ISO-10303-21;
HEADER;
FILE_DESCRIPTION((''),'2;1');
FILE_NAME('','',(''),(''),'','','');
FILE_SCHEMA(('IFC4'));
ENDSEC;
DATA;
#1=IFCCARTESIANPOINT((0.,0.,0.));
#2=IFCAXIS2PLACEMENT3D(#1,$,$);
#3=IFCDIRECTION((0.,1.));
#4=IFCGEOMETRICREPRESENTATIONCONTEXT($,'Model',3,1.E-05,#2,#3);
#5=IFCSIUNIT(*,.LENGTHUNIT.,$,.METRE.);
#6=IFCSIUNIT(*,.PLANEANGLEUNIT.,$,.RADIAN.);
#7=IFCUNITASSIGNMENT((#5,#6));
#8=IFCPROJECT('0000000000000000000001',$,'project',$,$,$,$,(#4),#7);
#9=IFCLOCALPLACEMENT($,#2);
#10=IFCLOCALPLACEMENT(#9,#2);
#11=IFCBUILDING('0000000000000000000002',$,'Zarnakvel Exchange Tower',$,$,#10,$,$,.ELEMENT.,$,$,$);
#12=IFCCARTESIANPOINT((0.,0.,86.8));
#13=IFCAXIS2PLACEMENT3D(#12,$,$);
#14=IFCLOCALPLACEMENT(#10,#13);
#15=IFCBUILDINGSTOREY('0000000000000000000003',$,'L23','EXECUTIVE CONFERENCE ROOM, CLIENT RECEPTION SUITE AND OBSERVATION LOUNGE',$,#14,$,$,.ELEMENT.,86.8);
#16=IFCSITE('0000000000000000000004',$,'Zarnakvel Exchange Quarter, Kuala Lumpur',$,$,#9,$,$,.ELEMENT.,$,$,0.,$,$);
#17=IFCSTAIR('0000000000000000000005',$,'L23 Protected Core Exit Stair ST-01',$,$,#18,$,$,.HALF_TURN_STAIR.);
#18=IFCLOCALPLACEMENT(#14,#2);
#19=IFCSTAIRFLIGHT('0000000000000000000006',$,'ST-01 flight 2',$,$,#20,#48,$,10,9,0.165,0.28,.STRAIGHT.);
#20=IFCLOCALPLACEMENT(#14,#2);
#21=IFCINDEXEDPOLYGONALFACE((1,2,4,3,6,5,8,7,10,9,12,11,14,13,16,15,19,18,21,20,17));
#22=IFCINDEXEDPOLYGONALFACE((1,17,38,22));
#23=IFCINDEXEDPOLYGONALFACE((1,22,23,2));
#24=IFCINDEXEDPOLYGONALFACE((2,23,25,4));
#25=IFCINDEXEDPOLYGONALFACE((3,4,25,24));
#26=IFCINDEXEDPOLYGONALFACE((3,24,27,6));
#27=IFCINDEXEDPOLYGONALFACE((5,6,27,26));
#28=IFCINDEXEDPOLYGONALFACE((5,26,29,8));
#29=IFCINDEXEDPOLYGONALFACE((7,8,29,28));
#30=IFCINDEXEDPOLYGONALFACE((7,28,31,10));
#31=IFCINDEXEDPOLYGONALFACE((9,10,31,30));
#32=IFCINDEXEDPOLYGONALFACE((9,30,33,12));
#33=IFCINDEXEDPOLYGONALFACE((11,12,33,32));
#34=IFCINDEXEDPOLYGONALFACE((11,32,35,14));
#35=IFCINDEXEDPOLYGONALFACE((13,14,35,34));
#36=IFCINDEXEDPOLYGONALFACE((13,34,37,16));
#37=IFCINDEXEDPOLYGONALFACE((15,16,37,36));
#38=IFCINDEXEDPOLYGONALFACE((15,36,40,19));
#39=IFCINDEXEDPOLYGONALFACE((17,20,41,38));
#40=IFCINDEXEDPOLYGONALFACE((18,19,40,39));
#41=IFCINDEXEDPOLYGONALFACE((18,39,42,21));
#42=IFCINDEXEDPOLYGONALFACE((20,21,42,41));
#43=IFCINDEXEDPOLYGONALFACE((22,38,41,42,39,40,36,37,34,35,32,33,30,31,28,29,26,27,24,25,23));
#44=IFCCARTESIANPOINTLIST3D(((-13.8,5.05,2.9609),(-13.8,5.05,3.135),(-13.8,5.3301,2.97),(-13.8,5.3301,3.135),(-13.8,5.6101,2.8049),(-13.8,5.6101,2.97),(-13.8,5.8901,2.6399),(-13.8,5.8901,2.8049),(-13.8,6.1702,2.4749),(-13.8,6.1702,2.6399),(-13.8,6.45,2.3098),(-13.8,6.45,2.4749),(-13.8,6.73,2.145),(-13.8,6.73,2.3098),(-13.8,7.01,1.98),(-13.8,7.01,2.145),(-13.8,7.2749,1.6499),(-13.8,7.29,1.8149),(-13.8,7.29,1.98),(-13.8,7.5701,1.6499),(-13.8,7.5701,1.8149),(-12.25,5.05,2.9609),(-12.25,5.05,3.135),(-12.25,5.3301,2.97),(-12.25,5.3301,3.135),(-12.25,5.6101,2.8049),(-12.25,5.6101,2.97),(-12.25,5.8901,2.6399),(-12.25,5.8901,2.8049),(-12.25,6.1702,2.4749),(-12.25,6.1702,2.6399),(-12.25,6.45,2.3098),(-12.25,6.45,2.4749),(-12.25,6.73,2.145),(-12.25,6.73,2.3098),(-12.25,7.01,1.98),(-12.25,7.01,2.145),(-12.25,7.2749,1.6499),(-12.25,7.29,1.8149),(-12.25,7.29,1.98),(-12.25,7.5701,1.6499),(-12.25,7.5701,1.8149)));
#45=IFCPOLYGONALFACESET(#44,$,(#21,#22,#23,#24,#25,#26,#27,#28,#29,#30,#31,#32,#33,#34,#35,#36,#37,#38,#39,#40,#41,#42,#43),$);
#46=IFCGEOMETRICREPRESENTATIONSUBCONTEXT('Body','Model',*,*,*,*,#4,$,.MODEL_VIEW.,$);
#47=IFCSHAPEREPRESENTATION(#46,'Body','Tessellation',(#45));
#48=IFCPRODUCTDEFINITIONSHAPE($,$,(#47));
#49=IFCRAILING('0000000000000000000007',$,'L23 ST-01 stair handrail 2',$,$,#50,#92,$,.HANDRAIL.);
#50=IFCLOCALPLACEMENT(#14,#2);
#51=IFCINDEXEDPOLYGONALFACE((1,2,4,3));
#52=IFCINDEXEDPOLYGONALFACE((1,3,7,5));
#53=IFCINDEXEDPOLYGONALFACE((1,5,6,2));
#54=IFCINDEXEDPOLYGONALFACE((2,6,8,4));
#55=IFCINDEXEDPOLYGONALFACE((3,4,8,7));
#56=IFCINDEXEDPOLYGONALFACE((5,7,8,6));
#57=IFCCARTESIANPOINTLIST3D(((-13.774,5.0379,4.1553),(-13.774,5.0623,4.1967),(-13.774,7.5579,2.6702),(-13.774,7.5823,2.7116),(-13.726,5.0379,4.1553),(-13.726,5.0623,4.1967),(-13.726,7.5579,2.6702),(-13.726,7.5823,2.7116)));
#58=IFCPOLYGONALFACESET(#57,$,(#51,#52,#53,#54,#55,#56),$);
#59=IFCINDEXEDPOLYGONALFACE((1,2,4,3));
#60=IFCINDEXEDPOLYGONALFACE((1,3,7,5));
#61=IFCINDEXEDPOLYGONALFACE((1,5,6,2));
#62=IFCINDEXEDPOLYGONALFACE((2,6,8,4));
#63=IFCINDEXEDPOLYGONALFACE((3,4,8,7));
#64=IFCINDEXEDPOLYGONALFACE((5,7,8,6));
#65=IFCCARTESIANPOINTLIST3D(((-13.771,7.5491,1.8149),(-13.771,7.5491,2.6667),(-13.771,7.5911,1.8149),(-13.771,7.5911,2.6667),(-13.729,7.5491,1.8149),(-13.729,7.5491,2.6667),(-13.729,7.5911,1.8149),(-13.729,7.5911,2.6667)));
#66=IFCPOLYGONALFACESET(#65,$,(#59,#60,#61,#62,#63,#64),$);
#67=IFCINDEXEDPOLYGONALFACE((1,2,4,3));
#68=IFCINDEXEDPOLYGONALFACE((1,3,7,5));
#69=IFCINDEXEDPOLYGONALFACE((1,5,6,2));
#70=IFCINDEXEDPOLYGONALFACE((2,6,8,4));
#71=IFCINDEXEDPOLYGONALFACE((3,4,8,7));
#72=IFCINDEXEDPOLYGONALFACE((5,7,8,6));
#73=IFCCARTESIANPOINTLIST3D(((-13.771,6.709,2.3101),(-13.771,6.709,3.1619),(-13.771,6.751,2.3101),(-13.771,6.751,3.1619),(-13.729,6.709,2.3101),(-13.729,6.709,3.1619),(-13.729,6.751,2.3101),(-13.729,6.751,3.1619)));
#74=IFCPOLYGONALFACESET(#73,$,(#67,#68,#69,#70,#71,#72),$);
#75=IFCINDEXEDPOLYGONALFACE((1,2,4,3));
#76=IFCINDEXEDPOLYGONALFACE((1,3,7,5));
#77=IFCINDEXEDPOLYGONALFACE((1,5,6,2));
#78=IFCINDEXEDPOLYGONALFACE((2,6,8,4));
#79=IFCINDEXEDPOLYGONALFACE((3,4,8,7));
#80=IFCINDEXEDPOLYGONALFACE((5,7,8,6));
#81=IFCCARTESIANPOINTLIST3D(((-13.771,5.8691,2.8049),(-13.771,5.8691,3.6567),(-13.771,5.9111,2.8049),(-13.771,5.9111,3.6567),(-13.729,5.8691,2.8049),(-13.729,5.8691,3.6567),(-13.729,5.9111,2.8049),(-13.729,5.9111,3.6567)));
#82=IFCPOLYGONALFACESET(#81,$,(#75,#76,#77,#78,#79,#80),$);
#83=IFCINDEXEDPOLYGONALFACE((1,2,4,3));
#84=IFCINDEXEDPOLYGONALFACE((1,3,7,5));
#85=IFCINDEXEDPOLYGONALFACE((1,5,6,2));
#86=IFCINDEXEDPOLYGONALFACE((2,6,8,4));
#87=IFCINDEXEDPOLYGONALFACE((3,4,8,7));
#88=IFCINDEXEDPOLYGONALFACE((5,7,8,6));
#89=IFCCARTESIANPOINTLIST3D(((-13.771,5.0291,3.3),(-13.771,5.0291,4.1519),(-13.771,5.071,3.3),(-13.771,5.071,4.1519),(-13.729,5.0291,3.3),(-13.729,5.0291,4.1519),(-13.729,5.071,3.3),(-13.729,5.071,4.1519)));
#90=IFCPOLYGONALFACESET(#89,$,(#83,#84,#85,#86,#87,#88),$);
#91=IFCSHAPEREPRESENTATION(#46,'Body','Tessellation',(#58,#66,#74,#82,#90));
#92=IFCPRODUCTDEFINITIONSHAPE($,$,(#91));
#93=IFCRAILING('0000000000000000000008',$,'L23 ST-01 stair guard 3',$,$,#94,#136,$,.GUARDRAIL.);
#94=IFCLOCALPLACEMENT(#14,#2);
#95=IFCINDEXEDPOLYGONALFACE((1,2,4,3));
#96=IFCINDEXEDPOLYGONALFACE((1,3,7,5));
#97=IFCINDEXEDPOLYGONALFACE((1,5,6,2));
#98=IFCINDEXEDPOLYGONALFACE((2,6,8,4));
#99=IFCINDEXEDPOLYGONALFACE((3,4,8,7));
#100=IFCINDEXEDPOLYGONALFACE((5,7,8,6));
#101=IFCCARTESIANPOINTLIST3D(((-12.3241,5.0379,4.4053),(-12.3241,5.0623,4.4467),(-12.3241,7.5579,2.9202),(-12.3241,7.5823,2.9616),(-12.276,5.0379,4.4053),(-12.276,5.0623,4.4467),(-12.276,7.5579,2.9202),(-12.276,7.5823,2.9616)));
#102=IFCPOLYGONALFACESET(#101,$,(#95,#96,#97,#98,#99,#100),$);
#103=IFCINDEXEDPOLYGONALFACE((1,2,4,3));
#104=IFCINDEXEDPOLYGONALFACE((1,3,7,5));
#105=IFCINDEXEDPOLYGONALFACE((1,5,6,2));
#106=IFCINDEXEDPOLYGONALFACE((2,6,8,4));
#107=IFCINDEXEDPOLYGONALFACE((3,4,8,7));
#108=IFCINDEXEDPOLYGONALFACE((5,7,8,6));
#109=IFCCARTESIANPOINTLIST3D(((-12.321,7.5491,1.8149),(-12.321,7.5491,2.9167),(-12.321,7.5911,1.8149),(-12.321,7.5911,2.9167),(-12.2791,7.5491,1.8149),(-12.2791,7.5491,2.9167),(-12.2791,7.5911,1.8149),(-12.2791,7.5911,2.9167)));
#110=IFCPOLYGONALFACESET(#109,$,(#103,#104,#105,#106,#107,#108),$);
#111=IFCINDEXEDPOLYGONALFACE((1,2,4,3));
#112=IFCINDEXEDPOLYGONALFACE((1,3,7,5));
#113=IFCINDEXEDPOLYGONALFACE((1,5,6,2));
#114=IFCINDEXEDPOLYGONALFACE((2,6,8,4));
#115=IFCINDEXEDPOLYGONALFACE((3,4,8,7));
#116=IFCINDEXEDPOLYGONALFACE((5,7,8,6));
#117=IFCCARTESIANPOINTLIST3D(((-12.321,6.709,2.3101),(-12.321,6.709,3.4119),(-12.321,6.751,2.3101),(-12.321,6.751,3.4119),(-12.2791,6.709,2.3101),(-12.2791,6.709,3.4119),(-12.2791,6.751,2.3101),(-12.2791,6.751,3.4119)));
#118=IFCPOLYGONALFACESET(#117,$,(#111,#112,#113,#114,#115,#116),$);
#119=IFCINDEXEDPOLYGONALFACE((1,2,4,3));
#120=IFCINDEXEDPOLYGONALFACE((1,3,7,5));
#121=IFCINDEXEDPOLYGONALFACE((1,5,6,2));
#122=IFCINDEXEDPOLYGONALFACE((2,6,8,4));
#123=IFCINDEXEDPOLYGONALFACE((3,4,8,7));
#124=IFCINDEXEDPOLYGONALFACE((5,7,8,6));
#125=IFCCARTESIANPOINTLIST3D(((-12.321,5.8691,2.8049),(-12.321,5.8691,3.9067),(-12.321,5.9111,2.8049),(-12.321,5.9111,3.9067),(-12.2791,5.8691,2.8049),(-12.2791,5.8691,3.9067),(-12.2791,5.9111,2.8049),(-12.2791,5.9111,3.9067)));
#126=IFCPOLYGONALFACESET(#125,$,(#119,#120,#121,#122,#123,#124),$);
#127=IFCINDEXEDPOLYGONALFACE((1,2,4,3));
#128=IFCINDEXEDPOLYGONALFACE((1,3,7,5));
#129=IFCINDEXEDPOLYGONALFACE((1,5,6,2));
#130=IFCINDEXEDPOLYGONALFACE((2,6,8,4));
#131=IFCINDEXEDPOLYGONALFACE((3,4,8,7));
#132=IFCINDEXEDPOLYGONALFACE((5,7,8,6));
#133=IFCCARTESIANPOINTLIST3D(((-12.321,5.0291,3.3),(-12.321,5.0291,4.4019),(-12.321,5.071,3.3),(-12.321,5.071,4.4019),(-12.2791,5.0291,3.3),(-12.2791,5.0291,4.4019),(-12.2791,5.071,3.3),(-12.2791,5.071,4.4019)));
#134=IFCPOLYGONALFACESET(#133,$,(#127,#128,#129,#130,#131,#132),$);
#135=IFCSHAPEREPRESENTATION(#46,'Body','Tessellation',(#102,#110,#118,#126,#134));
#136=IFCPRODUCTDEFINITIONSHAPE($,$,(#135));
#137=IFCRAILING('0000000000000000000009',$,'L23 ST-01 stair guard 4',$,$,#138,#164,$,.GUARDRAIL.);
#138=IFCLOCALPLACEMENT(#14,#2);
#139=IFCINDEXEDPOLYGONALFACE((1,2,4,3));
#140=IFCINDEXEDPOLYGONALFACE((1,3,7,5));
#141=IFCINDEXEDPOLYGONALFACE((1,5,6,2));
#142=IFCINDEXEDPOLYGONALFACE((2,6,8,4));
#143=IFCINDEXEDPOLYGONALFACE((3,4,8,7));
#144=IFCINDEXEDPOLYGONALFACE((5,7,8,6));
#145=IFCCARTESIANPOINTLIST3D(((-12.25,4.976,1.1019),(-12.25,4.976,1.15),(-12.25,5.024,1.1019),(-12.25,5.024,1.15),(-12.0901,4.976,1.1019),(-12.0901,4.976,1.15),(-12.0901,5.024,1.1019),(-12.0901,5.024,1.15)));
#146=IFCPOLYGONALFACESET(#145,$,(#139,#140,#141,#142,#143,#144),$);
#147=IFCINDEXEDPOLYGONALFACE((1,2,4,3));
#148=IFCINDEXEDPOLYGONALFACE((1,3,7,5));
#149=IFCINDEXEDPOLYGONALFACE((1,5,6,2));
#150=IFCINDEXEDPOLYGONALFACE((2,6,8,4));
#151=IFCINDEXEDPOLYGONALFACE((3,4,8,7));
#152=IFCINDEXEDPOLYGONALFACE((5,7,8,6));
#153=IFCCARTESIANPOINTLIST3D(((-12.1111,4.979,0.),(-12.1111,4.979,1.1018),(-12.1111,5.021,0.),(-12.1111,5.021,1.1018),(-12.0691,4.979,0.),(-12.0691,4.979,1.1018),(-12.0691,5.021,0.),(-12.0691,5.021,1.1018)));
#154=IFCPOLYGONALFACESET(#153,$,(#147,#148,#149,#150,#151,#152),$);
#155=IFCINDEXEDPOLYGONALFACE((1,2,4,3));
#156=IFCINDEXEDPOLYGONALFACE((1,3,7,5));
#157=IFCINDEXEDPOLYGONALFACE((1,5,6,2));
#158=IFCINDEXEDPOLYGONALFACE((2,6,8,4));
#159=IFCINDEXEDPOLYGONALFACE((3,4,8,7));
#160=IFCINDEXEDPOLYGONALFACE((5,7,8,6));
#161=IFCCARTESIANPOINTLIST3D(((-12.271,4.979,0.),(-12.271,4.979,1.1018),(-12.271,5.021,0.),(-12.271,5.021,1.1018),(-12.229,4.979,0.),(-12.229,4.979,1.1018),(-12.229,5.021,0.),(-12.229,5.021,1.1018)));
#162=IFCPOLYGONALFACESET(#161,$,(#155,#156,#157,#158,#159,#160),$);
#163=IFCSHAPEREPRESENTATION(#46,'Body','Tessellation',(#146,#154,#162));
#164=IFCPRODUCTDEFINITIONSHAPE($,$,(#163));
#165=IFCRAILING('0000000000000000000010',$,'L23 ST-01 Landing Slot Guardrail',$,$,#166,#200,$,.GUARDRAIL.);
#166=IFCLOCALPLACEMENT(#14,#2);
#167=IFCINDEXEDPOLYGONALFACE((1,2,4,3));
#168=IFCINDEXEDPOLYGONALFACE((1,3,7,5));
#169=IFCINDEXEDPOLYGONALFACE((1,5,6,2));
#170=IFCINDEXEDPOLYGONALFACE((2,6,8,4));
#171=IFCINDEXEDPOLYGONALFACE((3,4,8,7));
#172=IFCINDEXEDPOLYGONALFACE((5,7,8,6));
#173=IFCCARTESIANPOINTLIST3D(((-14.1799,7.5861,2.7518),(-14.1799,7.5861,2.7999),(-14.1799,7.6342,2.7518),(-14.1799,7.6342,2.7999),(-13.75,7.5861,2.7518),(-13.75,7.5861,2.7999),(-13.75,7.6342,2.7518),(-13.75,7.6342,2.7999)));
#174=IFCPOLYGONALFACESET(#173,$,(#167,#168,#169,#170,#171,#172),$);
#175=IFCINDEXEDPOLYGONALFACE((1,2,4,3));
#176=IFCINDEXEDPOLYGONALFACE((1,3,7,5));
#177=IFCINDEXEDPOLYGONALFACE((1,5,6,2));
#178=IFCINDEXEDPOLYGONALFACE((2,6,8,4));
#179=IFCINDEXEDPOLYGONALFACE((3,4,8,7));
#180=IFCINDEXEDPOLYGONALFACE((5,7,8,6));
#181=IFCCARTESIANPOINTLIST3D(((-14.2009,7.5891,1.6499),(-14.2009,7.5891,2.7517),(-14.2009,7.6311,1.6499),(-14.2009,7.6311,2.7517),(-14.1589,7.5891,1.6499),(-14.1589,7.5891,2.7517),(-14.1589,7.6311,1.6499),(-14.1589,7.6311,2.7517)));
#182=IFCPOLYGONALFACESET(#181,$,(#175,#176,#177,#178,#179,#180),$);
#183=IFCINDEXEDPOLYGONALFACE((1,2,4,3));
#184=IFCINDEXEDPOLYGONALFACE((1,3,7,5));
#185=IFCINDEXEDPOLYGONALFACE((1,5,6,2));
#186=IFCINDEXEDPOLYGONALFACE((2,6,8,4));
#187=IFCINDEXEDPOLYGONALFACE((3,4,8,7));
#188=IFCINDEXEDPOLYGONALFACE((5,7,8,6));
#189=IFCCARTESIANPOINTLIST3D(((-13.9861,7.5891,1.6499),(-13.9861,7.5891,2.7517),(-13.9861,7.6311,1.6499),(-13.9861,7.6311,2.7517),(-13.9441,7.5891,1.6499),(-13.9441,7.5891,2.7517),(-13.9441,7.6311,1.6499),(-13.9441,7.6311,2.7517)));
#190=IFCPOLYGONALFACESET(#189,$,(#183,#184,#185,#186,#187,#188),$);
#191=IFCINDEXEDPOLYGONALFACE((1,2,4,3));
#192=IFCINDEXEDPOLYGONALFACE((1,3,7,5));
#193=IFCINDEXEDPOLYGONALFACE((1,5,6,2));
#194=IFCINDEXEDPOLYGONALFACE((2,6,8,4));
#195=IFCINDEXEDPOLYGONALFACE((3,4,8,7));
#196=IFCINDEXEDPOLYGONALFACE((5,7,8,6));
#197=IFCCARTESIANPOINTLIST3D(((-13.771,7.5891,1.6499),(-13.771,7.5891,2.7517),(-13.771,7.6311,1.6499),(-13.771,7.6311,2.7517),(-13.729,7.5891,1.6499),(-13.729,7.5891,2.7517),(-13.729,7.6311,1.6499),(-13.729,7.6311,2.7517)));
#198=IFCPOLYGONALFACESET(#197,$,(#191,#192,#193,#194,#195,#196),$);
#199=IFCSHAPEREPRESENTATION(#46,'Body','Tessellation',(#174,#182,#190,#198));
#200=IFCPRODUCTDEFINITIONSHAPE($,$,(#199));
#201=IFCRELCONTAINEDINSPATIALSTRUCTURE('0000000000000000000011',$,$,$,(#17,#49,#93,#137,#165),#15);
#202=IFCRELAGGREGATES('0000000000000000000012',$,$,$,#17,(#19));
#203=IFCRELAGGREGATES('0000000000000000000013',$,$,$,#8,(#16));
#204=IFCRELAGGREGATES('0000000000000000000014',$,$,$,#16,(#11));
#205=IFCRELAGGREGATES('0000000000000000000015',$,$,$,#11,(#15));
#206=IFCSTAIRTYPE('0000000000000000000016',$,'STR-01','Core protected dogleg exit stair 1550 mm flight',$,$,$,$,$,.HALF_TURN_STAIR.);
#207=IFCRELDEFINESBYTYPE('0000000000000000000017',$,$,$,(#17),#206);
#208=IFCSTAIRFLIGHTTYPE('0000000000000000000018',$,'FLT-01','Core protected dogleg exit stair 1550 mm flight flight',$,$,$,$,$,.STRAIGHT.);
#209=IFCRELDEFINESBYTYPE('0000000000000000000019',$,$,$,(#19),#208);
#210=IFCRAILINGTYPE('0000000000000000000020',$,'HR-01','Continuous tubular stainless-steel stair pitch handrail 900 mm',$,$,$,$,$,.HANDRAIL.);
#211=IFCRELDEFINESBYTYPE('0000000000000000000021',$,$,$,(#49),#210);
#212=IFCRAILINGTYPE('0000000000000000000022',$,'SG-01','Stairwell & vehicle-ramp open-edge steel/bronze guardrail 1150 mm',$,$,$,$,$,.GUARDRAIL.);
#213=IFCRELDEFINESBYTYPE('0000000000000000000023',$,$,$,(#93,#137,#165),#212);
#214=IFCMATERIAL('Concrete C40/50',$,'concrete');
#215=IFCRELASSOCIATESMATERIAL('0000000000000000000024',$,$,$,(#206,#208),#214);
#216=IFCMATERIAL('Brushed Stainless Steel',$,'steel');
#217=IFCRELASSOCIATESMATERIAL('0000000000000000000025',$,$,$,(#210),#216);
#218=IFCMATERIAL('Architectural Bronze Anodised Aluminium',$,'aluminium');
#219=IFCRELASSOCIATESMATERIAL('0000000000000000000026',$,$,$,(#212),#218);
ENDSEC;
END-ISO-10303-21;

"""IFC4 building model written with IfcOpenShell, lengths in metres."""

from ifc_helpers import new_model, si_unit, direction, frame, origin, origin_2d, place, context, subcontext, project, spatial, polyline, rectangle, outline, extrude, material, type_object, element, aggregate, save


model = new_model("IFC4")

# Units and contexts
model_context = context("Model", 3, precision=1e-05, world=origin(), true_north=direction((0.0, 1.0)))
body_context = subcontext(model_context, "Body", "Model", "MODEL_VIEW")
ifc_project = project(units=[si_unit("LENGTHUNIT", "METRE"), si_unit("PLANEANGLEUNIT", "RADIAN")], contexts=[model_context])

# Site, building, storey
site_placement = place(None, origin())
site = spatial("IfcSite", under=ifc_project, at=site_placement, Name="Zarnakvel Exchange Quarter, Kuala Lumpur", CompositionType="ELEMENT", RefElevation=0.0)
building_placement = place(site_placement, origin())
building = spatial("IfcBuilding", under=site, at=building_placement, Name="Zarnakvel Exchange Tower", CompositionType="ELEMENT")
storey_placement = place(building_placement, frame((0.0, 0.0, 86.8)))
storey = spatial("IfcBuildingStorey", under=building, at=storey_placement, Name="L23", Description="EXECUTIVE CONFERENCE ROOM, CLIENT RECEPTION SUITE AND OBSERVATION LOUNGE", CompositionType="ELEMENT", Elevation=86.8)

# Shared definitions
ifc_material_1 = material(Name="Architectural Bronze Anodised Aluminium", Category="aluminium")

# Shared definitions
ifc_material_2 = material(Name="Concrete C40/50", Category="concrete")

# Stair, stair flight
stair_type = type_object("IfcStairType", Name="STR-01", Description="Core protected dogleg exit stair 1550 mm flight", PredefinedType="HALF_TURN_STAIR", material=ifc_material_2)
stair_placement = place(storey_placement, origin())
stair = element("IfcStair", 1, at=stair_placement, inside=storey, type_object=stair_type, Name="L23 Protected Core Exit Stair ST-01", PredefinedType="HALF_TURN_STAIR")
stair_flight_type = type_object("IfcStairFlightType", Name="FLT-01", Description="Core protected dogleg exit stair 1550 mm flight flight", PredefinedType="STRAIGHT", material=ifc_material_2)
stair_flight_placement = place(storey_placement, frame((-13.0249, 7.5701, 1.6499), z_axis=(0.0, 0.0, 1.0), x_axis=(0.0, -1.0, 0.0)))
stair_flight = element("IfcStairFlight", 2, at=stair_flight_placement, type_object=stair_flight_type, Name="ST-01 flight 2", NumberOfRisers=10, NumberOfTreads=9, PredefinedType="STRAIGHT", RiserHeight=0.165, TreadLength=0.28, context=body_context, shape_type="SweptSolid", body=[
    extrude(outline(polyline([(0.0, 0.0), (0.0, 0.165), (0.28, 0.165), (0.28, 0.3301), (0.5601, 0.3301), (0.5601, 0.4951), (0.8401, 0.4951), (0.8401, 0.6599), (1.1201, 0.6599), (1.1201, 0.825), (1.3999, 0.825), (1.3999, 0.99), (1.6799, 0.99), (1.6799, 1.155), (1.96, 1.155), (1.96, 1.3201), (2.24, 1.3201), (2.24, 1.4851), (2.52, 1.4851), (2.52, 1.6499), (2.52, 1.311), (0.2952, 0.0), (0.0, 0.0)])), frame((0.0, 0.7749, 0.0), z_axis=(0.0, -1.0, 0.0), x_axis=(1.0, 0.0, 0.0)), (0.0, 0.0, 1.0), 1.55),
])
aggregate(stair, [stair_flight])

# Railings
ifc_material_3 = material(Name="Brushed Stainless Steel", Category="steel")
railing_type_1 = type_object("IfcRailingType", Name="HR-01", Description="Continuous tubular stainless-steel stair pitch handrail 900 mm", PredefinedType="HANDRAIL", material=ifc_material_3)
railing_1_placement = place(storey_placement, frame((-13.75, 7.5701, 1.8149)))
element("IfcRailing", 3, at=railing_1_placement, inside=storey, type_object=railing_type_1, Name="L23 ST-01 stair handrail 2", PredefinedType="HANDRAIL", context=body_context, shape_type="SweptSolid", body=[
    extrude(rectangle(XDim=0.0481, YDim=0.0481, at=origin_2d()), frame((0.0, 0.0, 0.876), z_axis=(0.0, -0.861524, 0.507717), x_axis=(1.0, 0.0, 0.0)), (0.0, 0.0, 1.0), 2.925),
    extrude(rectangle(XDim=0.042, YDim=0.042, at=origin_2d()), origin(), (0.0, 0.0, 1.0), 0.8518),
    extrude(rectangle(XDim=0.042, YDim=0.042, at=origin_2d()), frame((0.0, -0.8401, 0.4951)), (0.0, 0.0, 1.0), 0.8518),
    extrude(rectangle(XDim=0.042, YDim=0.042, at=origin_2d()), frame((0.0, -1.6799, 0.99)), (0.0, 0.0, 1.0), 0.8518),
    extrude(rectangle(XDim=0.042, YDim=0.042, at=origin_2d()), frame((0.0, -2.52, 1.4851)), (0.0, 0.0, 1.0), 0.8518),
])
railing_type_2 = type_object("IfcRailingType", Name="SG-01", Description="Stairwell & vehicle-ramp open-edge steel/bronze guardrail 1150 mm", PredefinedType="GUARDRAIL", material=ifc_material_1)
railing_2_placement = place(storey_placement, frame((-12.3, 7.5701, 1.8149)))
element("IfcRailing", 4, at=railing_2_placement, inside=storey, type_object=railing_type_2, Name="L23 ST-01 stair guard 3", PredefinedType="GUARDRAIL", context=body_context, shape_type="SweptSolid", body=[
    extrude(rectangle(XDim=0.0481, YDim=0.0481, at=origin_2d()), frame((0.0, 0.0, 1.126), z_axis=(0.0, -0.861524, 0.507717), x_axis=(1.0, 0.0, 0.0)), (0.0, 0.0, 1.0), 2.925),
    extrude(rectangle(XDim=0.042, YDim=0.042, at=origin_2d()), origin(), (0.0, 0.0, 1.0), 1.1018),
    extrude(rectangle(XDim=0.042, YDim=0.042, at=origin_2d()), frame((0.0, -0.8401, 0.4951)), (0.0, 0.0, 1.0), 1.1018),
    extrude(rectangle(XDim=0.042, YDim=0.042, at=origin_2d()), frame((0.0, -1.6799, 0.99)), (0.0, 0.0, 1.0), 1.1018),
    extrude(rectangle(XDim=0.042, YDim=0.042, at=origin_2d()), frame((0.0, -2.52, 1.4851)), (0.0, 0.0, 1.0), 1.1018),
])
railing_3_placement = place(storey_placement, frame((-12.0901, 5.0, 0.0)))
element("IfcRailing", 5, at=railing_3_placement, inside=storey, type_object=railing_type_2, Name="L23 ST-01 stair guard 4", PredefinedType="GUARDRAIL", context=body_context, shape_type="SweptSolid", body=[
    extrude(rectangle(XDim=0.0481, YDim=0.0481, at=origin_2d()), frame((0.0, 0.0, 1.126), z_axis=(-1.0, 0.0, 0.0), x_axis=(0.0, -1.0, 0.0)), (0.0, 0.0, 1.0), 0.1599),
    extrude(rectangle(XDim=0.042, YDim=0.042, at=origin_2d()), origin(), (0.0, 0.0, 1.0), 1.1018),
    extrude(rectangle(XDim=0.042, YDim=0.042, at=origin_2d()), frame((-0.1599, 0.0, 0.0)), (0.0, 0.0, 1.0), 1.1018),
])
railing_4_placement = place(storey_placement, frame((-14.1799, 7.6101, 1.6499)))
element("IfcRailing", 6, at=railing_4_placement, inside=storey, type_object=railing_type_2, Name="L23 ST-01 Landing Slot Guardrail", PredefinedType="GUARDRAIL", context=body_context, shape_type="SweptSolid", body=[
    extrude(rectangle(XDim=0.0481, YDim=0.0481, at=origin_2d()), frame((0.0, 0.0, 1.126), z_axis=(1.0, 0.0, 0.0), x_axis=(0.0, 1.0, 0.0)), (0.0, 0.0, 1.0), 0.4299),
    extrude(rectangle(XDim=0.042, YDim=0.042, at=origin_2d()), origin(), (0.0, 0.0, 1.0), 1.1018),
    extrude(rectangle(XDim=0.042, YDim=0.042, at=origin_2d()), frame((0.2148, 0.0, 0.0)), (0.0, 0.0, 1.0), 1.1018),
    extrude(rectangle(XDim=0.042, YDim=0.042, at=origin_2d()), frame((0.4299, 0.0, 0.0)), (0.0, 0.0, 1.0), 1.1018),
])

save(model, "model.ifc")
